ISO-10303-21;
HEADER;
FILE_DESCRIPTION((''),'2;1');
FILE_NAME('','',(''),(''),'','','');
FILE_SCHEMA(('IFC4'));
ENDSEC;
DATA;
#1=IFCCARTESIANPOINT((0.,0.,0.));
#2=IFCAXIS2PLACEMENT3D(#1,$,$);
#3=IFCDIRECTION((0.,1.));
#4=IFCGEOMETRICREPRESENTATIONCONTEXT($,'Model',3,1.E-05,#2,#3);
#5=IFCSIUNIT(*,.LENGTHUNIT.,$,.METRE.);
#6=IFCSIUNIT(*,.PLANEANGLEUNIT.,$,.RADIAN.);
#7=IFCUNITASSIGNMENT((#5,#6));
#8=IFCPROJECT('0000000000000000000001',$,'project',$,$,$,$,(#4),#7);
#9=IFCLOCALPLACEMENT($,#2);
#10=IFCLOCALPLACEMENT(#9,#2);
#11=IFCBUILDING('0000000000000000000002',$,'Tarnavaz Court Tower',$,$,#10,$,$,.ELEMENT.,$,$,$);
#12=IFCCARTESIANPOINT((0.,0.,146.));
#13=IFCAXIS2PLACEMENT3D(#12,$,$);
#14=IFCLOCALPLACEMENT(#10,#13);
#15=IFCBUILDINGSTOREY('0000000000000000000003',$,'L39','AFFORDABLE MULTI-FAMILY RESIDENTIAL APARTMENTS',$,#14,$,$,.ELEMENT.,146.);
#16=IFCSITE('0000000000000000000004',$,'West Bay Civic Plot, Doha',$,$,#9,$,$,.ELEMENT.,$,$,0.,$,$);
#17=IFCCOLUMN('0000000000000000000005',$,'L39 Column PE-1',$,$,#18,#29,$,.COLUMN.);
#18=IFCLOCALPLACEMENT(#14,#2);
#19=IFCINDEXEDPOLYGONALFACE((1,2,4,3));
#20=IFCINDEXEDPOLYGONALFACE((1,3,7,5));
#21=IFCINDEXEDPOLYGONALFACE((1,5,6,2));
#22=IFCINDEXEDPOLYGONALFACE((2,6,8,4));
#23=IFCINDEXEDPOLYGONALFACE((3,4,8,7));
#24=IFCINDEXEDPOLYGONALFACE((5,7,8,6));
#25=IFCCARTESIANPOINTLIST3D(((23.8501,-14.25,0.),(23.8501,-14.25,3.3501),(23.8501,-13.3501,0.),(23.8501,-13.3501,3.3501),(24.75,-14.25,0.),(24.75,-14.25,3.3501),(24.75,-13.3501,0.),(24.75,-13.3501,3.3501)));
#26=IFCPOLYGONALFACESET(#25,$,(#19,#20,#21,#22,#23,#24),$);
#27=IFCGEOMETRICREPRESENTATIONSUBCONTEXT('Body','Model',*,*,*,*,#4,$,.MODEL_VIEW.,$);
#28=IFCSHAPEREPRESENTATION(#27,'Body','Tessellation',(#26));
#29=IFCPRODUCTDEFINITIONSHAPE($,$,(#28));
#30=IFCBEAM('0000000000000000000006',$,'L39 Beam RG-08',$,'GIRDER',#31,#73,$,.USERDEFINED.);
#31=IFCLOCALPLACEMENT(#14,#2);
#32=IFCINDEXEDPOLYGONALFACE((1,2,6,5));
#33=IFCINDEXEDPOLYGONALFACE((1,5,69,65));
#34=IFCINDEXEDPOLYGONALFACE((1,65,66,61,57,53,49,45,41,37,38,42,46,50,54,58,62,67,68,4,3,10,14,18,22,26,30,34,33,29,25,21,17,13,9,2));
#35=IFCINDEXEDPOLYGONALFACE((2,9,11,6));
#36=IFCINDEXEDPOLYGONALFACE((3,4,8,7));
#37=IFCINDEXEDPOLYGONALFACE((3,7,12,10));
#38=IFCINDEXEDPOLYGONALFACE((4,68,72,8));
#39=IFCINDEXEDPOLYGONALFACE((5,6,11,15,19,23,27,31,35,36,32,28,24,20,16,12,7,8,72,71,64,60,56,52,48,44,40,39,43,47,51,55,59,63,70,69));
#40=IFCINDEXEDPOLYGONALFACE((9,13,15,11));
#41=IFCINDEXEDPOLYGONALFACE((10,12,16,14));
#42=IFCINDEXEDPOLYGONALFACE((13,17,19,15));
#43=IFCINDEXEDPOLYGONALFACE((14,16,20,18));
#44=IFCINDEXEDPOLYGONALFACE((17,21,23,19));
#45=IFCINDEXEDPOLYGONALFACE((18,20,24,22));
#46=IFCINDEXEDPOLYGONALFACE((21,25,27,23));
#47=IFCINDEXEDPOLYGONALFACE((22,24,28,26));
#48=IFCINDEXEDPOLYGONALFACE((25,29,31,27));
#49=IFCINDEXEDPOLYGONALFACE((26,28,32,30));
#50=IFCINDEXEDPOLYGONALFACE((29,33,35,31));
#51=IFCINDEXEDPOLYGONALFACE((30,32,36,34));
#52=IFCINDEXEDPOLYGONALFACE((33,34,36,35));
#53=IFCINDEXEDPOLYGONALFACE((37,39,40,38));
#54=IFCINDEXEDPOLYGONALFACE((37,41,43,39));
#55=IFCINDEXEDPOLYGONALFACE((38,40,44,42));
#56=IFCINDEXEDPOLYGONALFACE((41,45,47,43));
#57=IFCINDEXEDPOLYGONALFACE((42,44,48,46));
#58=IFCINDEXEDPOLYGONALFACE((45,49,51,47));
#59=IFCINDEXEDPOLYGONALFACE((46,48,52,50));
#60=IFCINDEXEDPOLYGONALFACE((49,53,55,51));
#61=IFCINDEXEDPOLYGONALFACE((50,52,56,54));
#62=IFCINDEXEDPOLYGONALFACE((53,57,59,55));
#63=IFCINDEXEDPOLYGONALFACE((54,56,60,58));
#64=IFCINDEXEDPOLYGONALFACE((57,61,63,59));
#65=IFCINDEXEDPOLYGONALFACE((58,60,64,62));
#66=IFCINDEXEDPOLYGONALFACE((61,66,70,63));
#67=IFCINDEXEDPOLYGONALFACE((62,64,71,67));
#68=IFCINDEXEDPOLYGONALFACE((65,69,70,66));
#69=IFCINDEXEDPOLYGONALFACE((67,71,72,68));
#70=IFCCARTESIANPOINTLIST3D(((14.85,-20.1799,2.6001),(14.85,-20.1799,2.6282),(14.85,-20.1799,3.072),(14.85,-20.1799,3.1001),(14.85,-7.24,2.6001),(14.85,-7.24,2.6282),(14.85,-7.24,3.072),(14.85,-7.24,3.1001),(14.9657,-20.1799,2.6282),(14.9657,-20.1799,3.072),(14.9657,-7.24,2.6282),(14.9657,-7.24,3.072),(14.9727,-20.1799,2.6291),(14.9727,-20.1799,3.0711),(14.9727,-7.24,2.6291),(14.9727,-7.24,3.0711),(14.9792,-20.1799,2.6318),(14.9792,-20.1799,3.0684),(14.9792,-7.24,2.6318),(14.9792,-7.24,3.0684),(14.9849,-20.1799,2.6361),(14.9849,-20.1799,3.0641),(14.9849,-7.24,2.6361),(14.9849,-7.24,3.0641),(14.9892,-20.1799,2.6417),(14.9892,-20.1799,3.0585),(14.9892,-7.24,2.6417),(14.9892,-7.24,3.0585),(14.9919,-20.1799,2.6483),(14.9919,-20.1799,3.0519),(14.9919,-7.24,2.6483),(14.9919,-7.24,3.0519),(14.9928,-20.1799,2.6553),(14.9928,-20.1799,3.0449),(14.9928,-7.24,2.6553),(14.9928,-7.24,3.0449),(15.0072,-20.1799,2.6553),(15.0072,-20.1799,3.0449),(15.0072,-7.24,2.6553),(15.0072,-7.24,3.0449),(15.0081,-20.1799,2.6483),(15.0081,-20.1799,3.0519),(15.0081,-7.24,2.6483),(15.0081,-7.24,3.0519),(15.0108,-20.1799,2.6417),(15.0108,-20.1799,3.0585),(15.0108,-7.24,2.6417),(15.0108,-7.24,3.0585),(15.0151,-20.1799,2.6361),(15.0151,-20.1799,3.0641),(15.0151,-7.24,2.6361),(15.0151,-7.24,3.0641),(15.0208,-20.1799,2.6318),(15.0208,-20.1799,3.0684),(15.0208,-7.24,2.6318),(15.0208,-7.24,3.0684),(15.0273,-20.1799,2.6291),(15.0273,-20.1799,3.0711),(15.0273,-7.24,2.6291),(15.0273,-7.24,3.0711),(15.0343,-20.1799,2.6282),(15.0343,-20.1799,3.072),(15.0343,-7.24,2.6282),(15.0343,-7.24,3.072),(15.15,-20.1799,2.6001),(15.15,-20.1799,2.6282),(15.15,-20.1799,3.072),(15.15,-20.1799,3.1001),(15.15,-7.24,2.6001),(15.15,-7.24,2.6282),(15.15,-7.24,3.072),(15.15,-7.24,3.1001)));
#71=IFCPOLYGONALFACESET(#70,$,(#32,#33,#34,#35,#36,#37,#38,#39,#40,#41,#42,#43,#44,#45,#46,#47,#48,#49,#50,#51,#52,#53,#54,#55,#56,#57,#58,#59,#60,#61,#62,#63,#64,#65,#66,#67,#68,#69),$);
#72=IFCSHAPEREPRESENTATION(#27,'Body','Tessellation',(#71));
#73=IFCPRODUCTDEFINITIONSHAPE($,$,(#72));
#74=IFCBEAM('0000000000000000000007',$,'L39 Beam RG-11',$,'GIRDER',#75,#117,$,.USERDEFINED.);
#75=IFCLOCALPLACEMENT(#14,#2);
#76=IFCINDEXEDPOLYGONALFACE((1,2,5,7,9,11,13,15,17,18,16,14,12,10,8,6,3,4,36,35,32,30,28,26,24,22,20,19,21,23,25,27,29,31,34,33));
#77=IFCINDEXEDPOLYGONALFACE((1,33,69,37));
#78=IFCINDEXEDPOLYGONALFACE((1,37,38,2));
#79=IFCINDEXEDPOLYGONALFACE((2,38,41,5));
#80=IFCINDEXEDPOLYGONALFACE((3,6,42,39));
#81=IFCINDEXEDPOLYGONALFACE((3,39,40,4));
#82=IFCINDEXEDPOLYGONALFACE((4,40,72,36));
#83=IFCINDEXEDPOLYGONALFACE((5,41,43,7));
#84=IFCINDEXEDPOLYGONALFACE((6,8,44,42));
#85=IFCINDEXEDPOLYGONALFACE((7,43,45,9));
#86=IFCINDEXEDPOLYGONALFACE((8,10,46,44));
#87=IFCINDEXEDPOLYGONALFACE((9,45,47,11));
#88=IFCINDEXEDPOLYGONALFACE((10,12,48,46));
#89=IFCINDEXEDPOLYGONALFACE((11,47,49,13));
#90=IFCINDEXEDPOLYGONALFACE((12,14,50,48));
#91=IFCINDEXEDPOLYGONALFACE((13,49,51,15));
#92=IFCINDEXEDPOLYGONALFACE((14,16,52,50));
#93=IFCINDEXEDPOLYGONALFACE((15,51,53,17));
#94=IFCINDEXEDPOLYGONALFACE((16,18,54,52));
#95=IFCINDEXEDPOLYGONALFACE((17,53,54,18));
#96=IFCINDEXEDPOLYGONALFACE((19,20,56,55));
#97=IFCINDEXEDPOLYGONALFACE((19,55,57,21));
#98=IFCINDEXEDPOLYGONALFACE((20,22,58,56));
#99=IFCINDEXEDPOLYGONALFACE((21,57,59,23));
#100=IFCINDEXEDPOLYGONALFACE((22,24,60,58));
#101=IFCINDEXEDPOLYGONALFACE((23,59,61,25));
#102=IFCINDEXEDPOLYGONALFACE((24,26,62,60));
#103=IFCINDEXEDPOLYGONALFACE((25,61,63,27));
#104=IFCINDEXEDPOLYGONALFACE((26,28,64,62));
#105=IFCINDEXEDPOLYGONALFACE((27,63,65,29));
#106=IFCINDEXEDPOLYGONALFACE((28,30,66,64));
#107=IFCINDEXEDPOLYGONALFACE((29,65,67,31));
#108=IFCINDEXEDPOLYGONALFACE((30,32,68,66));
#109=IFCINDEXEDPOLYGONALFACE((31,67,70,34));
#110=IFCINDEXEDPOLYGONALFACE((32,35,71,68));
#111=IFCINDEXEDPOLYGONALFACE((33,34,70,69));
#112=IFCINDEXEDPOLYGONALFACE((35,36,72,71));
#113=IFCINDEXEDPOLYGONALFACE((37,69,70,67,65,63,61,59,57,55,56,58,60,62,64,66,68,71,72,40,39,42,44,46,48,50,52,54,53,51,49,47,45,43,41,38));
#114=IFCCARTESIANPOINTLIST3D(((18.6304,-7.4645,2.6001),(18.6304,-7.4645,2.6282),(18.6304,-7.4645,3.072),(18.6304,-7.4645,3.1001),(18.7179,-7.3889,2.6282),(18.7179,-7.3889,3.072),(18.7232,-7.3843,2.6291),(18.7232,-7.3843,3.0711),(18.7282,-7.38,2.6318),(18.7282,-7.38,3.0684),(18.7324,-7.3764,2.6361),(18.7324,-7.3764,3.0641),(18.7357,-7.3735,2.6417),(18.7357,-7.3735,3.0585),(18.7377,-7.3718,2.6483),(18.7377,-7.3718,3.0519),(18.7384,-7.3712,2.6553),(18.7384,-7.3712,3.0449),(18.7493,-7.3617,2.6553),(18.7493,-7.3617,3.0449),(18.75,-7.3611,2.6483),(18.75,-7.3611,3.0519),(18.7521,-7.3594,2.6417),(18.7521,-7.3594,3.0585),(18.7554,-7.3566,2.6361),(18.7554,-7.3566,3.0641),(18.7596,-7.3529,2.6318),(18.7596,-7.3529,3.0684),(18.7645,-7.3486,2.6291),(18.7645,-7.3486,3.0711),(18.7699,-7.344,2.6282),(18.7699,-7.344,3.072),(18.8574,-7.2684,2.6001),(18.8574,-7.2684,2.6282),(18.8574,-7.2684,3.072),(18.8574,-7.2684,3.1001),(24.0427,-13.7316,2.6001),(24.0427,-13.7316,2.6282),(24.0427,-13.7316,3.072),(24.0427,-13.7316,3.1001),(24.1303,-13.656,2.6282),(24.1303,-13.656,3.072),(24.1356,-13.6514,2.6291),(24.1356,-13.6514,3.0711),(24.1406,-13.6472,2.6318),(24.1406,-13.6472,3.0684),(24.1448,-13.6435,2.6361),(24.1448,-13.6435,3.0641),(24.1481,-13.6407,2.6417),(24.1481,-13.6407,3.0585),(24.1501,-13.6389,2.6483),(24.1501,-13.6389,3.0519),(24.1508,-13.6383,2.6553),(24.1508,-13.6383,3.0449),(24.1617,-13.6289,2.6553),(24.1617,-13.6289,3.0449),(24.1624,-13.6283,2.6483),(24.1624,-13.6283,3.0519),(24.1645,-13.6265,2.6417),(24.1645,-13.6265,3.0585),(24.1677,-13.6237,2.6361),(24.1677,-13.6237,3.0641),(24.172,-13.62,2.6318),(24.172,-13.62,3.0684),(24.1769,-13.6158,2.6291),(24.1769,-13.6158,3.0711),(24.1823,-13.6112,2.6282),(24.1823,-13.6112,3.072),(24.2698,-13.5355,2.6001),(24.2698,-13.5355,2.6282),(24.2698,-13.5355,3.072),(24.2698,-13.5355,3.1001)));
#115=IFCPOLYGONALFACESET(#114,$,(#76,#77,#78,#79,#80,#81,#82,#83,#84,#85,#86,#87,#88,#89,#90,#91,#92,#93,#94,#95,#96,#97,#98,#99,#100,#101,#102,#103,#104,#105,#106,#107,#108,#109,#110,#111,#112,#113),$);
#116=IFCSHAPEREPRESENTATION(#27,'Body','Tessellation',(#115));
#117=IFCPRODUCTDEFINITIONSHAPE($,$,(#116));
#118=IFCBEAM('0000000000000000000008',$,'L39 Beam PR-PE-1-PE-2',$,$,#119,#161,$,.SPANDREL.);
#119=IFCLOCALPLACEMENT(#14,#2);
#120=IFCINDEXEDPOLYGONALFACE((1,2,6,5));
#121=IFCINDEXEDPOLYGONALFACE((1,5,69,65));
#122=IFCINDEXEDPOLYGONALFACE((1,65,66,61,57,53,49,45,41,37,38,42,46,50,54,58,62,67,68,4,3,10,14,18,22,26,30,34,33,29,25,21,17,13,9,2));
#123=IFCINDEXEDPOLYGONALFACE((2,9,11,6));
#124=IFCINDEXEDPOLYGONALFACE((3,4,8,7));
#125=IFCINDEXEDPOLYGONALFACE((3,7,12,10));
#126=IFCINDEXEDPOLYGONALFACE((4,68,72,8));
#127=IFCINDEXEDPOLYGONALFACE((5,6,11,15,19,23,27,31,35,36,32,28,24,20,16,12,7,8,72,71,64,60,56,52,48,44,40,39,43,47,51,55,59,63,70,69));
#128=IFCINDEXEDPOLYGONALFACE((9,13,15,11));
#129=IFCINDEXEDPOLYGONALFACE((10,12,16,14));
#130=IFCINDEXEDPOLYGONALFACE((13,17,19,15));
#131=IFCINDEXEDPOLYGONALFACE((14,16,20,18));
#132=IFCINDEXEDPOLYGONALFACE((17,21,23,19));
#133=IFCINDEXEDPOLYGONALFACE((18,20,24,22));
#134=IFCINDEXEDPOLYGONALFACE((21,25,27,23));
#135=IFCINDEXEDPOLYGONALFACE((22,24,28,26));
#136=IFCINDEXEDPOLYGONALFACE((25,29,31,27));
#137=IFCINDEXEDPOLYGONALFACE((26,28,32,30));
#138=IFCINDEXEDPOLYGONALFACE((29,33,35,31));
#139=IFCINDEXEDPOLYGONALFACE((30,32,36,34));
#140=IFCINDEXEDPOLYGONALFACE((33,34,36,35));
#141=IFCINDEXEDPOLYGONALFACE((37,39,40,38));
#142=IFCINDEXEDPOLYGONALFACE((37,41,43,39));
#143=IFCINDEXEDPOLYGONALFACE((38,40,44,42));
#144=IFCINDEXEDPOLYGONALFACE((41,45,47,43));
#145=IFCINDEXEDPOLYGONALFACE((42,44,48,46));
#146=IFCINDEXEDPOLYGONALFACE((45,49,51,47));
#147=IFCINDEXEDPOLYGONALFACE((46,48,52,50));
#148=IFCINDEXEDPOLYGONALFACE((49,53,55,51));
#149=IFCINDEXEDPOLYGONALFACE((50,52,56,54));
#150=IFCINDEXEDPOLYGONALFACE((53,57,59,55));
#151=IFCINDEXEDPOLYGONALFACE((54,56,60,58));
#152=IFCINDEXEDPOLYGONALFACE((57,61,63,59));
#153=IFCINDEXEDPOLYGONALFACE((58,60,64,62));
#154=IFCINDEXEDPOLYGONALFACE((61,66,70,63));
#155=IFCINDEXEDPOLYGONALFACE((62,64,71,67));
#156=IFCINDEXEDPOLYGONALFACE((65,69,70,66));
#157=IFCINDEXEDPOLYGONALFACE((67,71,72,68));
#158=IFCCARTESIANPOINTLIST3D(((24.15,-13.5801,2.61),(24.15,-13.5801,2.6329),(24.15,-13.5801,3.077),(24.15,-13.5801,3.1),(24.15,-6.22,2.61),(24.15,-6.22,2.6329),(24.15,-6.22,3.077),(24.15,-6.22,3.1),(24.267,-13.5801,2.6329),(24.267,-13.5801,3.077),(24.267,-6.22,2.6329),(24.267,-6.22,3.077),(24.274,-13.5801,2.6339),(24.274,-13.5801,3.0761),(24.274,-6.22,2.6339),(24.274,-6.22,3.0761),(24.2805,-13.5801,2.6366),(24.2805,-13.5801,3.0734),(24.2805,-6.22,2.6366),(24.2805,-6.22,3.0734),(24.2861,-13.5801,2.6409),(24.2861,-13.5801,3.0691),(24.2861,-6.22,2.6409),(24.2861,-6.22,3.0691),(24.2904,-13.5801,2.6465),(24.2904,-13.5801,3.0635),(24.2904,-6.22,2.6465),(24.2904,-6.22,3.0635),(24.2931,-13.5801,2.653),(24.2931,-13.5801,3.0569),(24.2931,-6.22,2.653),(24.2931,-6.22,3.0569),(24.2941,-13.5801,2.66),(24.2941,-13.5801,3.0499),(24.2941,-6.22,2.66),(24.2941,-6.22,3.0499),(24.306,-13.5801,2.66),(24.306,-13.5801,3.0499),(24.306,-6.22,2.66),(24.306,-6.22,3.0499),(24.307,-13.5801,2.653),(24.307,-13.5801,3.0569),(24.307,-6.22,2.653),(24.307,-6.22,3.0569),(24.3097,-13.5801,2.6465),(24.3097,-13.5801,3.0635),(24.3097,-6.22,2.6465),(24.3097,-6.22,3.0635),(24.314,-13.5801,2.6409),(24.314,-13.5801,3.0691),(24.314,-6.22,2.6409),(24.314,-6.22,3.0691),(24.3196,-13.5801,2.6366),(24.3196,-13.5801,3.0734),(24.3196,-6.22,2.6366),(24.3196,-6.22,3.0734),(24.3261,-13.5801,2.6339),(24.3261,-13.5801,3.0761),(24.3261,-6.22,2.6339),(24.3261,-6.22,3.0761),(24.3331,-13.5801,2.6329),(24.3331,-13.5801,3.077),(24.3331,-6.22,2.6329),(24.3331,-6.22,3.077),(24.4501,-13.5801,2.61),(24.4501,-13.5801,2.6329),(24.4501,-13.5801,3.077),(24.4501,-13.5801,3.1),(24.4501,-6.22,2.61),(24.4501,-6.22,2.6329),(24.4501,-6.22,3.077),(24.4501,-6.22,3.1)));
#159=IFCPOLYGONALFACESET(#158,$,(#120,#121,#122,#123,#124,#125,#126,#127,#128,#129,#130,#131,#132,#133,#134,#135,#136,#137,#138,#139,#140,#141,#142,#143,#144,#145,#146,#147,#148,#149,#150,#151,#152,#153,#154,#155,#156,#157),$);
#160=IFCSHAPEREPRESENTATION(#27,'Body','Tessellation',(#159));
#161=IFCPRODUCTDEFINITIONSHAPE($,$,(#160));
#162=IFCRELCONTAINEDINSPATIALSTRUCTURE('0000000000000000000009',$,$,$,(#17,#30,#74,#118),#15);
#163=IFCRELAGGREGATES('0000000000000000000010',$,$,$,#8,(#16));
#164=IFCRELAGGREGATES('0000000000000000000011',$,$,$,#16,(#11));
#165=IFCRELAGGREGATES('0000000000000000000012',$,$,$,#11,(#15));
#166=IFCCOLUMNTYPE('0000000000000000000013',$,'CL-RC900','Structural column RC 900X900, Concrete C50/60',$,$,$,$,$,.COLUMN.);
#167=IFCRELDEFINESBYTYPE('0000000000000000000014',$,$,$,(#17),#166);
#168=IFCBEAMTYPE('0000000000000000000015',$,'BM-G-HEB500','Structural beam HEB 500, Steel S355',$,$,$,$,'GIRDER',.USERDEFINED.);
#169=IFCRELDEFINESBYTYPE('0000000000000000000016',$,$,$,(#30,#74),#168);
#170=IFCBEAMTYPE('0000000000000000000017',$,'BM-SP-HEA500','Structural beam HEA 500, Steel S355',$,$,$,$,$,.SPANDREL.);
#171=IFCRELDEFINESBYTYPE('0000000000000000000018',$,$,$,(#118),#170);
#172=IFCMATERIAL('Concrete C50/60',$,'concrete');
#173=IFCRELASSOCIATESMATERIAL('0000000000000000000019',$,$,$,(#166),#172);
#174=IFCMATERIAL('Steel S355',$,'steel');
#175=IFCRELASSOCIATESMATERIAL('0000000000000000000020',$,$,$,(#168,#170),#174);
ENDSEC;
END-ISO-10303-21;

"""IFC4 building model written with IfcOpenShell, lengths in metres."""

from ifc_helpers import new_model, si_unit, direction, frame, origin, origin_2d, place, context, subcontext, project, spatial, rectangle, i_section, extrude, material, material_profile, profile_set, type_object, element, save


model = new_model("IFC4")

# Units and contexts
model_context = context("Model", 3, precision=1e-05, world=origin(), true_north=direction((0.0, 1.0)))
body_context = subcontext(model_context, "Body", "Model", "MODEL_VIEW")
ifc_project = project(units=[si_unit("LENGTHUNIT", "METRE"), si_unit("PLANEANGLEUNIT", "RADIAN")], contexts=[model_context])

# Site, building, storey
site_placement = place(None, origin())
site = spatial("IfcSite", under=ifc_project, at=site_placement, Name="West Bay Civic Plot, Doha", CompositionType="ELEMENT", RefElevation=0.0)
building_placement = place(site_placement, origin())
building = spatial("IfcBuilding", under=site, at=building_placement, Name="Tarnavaz Court Tower", CompositionType="ELEMENT")
storey_placement = place(building_placement, frame((0.0, 0.0, 146.0)))
storey = spatial("IfcBuildingStorey", under=building, at=storey_placement, Name="L39", Description="AFFORDABLE MULTI-FAMILY RESIDENTIAL APARTMENTS", CompositionType="ELEMENT", Elevation=146.0)

# Column
ifc_material_1 = material(Name="Concrete C50/60", Category="concrete")
ifc_material_profile_1 = material_profile(ifc_material_1, rectangle(XDim=0.8999, YDim=0.8999, at=origin_2d()), Name="RC 900X900")
ifc_profile_set_1 = profile_set([ifc_material_profile_1], Name="Concrete C50/60")
column_type = type_object("IfcColumnType", Name="CL-RC900", Description="Structural column RC 900X900, Concrete C50/60", PredefinedType="COLUMN", material=ifc_profile_set_1)
column_placement = place(storey_placement, frame((24.3, -13.8, 0.0), z_axis=(0.0, 0.0, 1.0), x_axis=(1.0, 0.0, 0.0)))
element("IfcColumn", 1, at=column_placement, inside=storey, type_object=column_type, Name="L39 Column PE-1", PredefinedType="COLUMN", context=body_context, shape_type="SweptSolid", body=[
    extrude(rectangle(XDim=0.8999, YDim=0.8999, at=origin_2d()), origin(), (0.0, 0.0, 1.0), 3.3501),
])

# Beams
ifc_material_2 = material(Name="Steel S355", Category="steel")
ifc_material_profile_2 = material_profile(ifc_material_2, i_section(OverallWidth=0.3, OverallDepth=0.5, WebThickness=0.0144, FlangeThickness=0.0281, FilletRadius=0.0271, at=origin_2d()), Name="HEB 500")
ifc_profile_set_2 = profile_set([ifc_material_profile_2], Name="Steel S355")
beam_type_1 = type_object("IfcBeamType", Name="BM-G-HEB500", Description="Structural beam HEB 500, Steel S355", ElementType="GIRDER", PredefinedType="USERDEFINED", material=ifc_profile_set_2)
beam_1_placement = place(storey_placement, frame((15.0, -7.24, 2.8501), z_axis=(0.0, -1.0, 0.0), x_axis=(1.0, 0.0, 0.0)))
element("IfcBeam", 2, at=beam_1_placement, inside=storey, type_object=beam_type_1, Name="L39 Beam RG-08", ObjectType="GIRDER", PredefinedType="USERDEFINED", context=body_context, shape_type="SweptSolid", body=[
    extrude(i_section(OverallWidth=0.3, OverallDepth=0.5, WebThickness=0.0144, FlangeThickness=0.0281, FilletRadius=0.0271, at=origin_2d()), origin(), (0.0, 0.0, 1.0), 12.9399),
])
beam_2_placement = place(storey_placement, frame((18.7439, -7.3665, 2.8501), z_axis=(0.653611, -0.756831, 0.0), x_axis=(0.756831, 0.653611, 0.0)))
element("IfcBeam", 3, at=beam_2_placement, inside=storey, type_object=beam_type_1, Name="L39 Beam RG-11", ObjectType="GIRDER", PredefinedType="USERDEFINED", context=body_context, shape_type="SweptSolid", body=[
    extrude(i_section(OverallWidth=0.3, OverallDepth=0.5, WebThickness=0.0144, FlangeThickness=0.0281, FilletRadius=0.0271, at=origin_2d()), origin(), (0.0, 0.0, 1.0), 8.2808),
])
ifc_material_profile_3 = material_profile(ifc_material_2, i_section(OverallWidth=0.3, OverallDepth=0.49, WebThickness=0.012, FlangeThickness=0.0229, FilletRadius=0.0271, at=origin_2d()), Name="HEA 500")
ifc_profile_set_3 = profile_set([ifc_material_profile_3], Name="Steel S355")
beam_type_2 = type_object("IfcBeamType", Name="BM-SP-HEA500", Description="Structural beam HEA 500, Steel S355", PredefinedType="SPANDREL", material=ifc_profile_set_3)
beam_3_placement = place(storey_placement, frame((24.3, -13.5801, 2.855), z_axis=(0.0, 1.0, 0.0), x_axis=(-1.0, 0.0, 0.0)))
element("IfcBeam", 4, at=beam_3_placement, inside=storey, type_object=beam_type_2, Name="L39 Beam PR-PE-1-PE-2", PredefinedType="SPANDREL", context=body_context, shape_type="SweptSolid", body=[
    extrude(i_section(OverallWidth=0.3, OverallDepth=0.49, WebThickness=0.012, FlangeThickness=0.0229, FilletRadius=0.0271, at=origin_2d()), origin(), (0.0, 0.0, 1.0), 7.3601),
])

save(model, "model.ifc")
